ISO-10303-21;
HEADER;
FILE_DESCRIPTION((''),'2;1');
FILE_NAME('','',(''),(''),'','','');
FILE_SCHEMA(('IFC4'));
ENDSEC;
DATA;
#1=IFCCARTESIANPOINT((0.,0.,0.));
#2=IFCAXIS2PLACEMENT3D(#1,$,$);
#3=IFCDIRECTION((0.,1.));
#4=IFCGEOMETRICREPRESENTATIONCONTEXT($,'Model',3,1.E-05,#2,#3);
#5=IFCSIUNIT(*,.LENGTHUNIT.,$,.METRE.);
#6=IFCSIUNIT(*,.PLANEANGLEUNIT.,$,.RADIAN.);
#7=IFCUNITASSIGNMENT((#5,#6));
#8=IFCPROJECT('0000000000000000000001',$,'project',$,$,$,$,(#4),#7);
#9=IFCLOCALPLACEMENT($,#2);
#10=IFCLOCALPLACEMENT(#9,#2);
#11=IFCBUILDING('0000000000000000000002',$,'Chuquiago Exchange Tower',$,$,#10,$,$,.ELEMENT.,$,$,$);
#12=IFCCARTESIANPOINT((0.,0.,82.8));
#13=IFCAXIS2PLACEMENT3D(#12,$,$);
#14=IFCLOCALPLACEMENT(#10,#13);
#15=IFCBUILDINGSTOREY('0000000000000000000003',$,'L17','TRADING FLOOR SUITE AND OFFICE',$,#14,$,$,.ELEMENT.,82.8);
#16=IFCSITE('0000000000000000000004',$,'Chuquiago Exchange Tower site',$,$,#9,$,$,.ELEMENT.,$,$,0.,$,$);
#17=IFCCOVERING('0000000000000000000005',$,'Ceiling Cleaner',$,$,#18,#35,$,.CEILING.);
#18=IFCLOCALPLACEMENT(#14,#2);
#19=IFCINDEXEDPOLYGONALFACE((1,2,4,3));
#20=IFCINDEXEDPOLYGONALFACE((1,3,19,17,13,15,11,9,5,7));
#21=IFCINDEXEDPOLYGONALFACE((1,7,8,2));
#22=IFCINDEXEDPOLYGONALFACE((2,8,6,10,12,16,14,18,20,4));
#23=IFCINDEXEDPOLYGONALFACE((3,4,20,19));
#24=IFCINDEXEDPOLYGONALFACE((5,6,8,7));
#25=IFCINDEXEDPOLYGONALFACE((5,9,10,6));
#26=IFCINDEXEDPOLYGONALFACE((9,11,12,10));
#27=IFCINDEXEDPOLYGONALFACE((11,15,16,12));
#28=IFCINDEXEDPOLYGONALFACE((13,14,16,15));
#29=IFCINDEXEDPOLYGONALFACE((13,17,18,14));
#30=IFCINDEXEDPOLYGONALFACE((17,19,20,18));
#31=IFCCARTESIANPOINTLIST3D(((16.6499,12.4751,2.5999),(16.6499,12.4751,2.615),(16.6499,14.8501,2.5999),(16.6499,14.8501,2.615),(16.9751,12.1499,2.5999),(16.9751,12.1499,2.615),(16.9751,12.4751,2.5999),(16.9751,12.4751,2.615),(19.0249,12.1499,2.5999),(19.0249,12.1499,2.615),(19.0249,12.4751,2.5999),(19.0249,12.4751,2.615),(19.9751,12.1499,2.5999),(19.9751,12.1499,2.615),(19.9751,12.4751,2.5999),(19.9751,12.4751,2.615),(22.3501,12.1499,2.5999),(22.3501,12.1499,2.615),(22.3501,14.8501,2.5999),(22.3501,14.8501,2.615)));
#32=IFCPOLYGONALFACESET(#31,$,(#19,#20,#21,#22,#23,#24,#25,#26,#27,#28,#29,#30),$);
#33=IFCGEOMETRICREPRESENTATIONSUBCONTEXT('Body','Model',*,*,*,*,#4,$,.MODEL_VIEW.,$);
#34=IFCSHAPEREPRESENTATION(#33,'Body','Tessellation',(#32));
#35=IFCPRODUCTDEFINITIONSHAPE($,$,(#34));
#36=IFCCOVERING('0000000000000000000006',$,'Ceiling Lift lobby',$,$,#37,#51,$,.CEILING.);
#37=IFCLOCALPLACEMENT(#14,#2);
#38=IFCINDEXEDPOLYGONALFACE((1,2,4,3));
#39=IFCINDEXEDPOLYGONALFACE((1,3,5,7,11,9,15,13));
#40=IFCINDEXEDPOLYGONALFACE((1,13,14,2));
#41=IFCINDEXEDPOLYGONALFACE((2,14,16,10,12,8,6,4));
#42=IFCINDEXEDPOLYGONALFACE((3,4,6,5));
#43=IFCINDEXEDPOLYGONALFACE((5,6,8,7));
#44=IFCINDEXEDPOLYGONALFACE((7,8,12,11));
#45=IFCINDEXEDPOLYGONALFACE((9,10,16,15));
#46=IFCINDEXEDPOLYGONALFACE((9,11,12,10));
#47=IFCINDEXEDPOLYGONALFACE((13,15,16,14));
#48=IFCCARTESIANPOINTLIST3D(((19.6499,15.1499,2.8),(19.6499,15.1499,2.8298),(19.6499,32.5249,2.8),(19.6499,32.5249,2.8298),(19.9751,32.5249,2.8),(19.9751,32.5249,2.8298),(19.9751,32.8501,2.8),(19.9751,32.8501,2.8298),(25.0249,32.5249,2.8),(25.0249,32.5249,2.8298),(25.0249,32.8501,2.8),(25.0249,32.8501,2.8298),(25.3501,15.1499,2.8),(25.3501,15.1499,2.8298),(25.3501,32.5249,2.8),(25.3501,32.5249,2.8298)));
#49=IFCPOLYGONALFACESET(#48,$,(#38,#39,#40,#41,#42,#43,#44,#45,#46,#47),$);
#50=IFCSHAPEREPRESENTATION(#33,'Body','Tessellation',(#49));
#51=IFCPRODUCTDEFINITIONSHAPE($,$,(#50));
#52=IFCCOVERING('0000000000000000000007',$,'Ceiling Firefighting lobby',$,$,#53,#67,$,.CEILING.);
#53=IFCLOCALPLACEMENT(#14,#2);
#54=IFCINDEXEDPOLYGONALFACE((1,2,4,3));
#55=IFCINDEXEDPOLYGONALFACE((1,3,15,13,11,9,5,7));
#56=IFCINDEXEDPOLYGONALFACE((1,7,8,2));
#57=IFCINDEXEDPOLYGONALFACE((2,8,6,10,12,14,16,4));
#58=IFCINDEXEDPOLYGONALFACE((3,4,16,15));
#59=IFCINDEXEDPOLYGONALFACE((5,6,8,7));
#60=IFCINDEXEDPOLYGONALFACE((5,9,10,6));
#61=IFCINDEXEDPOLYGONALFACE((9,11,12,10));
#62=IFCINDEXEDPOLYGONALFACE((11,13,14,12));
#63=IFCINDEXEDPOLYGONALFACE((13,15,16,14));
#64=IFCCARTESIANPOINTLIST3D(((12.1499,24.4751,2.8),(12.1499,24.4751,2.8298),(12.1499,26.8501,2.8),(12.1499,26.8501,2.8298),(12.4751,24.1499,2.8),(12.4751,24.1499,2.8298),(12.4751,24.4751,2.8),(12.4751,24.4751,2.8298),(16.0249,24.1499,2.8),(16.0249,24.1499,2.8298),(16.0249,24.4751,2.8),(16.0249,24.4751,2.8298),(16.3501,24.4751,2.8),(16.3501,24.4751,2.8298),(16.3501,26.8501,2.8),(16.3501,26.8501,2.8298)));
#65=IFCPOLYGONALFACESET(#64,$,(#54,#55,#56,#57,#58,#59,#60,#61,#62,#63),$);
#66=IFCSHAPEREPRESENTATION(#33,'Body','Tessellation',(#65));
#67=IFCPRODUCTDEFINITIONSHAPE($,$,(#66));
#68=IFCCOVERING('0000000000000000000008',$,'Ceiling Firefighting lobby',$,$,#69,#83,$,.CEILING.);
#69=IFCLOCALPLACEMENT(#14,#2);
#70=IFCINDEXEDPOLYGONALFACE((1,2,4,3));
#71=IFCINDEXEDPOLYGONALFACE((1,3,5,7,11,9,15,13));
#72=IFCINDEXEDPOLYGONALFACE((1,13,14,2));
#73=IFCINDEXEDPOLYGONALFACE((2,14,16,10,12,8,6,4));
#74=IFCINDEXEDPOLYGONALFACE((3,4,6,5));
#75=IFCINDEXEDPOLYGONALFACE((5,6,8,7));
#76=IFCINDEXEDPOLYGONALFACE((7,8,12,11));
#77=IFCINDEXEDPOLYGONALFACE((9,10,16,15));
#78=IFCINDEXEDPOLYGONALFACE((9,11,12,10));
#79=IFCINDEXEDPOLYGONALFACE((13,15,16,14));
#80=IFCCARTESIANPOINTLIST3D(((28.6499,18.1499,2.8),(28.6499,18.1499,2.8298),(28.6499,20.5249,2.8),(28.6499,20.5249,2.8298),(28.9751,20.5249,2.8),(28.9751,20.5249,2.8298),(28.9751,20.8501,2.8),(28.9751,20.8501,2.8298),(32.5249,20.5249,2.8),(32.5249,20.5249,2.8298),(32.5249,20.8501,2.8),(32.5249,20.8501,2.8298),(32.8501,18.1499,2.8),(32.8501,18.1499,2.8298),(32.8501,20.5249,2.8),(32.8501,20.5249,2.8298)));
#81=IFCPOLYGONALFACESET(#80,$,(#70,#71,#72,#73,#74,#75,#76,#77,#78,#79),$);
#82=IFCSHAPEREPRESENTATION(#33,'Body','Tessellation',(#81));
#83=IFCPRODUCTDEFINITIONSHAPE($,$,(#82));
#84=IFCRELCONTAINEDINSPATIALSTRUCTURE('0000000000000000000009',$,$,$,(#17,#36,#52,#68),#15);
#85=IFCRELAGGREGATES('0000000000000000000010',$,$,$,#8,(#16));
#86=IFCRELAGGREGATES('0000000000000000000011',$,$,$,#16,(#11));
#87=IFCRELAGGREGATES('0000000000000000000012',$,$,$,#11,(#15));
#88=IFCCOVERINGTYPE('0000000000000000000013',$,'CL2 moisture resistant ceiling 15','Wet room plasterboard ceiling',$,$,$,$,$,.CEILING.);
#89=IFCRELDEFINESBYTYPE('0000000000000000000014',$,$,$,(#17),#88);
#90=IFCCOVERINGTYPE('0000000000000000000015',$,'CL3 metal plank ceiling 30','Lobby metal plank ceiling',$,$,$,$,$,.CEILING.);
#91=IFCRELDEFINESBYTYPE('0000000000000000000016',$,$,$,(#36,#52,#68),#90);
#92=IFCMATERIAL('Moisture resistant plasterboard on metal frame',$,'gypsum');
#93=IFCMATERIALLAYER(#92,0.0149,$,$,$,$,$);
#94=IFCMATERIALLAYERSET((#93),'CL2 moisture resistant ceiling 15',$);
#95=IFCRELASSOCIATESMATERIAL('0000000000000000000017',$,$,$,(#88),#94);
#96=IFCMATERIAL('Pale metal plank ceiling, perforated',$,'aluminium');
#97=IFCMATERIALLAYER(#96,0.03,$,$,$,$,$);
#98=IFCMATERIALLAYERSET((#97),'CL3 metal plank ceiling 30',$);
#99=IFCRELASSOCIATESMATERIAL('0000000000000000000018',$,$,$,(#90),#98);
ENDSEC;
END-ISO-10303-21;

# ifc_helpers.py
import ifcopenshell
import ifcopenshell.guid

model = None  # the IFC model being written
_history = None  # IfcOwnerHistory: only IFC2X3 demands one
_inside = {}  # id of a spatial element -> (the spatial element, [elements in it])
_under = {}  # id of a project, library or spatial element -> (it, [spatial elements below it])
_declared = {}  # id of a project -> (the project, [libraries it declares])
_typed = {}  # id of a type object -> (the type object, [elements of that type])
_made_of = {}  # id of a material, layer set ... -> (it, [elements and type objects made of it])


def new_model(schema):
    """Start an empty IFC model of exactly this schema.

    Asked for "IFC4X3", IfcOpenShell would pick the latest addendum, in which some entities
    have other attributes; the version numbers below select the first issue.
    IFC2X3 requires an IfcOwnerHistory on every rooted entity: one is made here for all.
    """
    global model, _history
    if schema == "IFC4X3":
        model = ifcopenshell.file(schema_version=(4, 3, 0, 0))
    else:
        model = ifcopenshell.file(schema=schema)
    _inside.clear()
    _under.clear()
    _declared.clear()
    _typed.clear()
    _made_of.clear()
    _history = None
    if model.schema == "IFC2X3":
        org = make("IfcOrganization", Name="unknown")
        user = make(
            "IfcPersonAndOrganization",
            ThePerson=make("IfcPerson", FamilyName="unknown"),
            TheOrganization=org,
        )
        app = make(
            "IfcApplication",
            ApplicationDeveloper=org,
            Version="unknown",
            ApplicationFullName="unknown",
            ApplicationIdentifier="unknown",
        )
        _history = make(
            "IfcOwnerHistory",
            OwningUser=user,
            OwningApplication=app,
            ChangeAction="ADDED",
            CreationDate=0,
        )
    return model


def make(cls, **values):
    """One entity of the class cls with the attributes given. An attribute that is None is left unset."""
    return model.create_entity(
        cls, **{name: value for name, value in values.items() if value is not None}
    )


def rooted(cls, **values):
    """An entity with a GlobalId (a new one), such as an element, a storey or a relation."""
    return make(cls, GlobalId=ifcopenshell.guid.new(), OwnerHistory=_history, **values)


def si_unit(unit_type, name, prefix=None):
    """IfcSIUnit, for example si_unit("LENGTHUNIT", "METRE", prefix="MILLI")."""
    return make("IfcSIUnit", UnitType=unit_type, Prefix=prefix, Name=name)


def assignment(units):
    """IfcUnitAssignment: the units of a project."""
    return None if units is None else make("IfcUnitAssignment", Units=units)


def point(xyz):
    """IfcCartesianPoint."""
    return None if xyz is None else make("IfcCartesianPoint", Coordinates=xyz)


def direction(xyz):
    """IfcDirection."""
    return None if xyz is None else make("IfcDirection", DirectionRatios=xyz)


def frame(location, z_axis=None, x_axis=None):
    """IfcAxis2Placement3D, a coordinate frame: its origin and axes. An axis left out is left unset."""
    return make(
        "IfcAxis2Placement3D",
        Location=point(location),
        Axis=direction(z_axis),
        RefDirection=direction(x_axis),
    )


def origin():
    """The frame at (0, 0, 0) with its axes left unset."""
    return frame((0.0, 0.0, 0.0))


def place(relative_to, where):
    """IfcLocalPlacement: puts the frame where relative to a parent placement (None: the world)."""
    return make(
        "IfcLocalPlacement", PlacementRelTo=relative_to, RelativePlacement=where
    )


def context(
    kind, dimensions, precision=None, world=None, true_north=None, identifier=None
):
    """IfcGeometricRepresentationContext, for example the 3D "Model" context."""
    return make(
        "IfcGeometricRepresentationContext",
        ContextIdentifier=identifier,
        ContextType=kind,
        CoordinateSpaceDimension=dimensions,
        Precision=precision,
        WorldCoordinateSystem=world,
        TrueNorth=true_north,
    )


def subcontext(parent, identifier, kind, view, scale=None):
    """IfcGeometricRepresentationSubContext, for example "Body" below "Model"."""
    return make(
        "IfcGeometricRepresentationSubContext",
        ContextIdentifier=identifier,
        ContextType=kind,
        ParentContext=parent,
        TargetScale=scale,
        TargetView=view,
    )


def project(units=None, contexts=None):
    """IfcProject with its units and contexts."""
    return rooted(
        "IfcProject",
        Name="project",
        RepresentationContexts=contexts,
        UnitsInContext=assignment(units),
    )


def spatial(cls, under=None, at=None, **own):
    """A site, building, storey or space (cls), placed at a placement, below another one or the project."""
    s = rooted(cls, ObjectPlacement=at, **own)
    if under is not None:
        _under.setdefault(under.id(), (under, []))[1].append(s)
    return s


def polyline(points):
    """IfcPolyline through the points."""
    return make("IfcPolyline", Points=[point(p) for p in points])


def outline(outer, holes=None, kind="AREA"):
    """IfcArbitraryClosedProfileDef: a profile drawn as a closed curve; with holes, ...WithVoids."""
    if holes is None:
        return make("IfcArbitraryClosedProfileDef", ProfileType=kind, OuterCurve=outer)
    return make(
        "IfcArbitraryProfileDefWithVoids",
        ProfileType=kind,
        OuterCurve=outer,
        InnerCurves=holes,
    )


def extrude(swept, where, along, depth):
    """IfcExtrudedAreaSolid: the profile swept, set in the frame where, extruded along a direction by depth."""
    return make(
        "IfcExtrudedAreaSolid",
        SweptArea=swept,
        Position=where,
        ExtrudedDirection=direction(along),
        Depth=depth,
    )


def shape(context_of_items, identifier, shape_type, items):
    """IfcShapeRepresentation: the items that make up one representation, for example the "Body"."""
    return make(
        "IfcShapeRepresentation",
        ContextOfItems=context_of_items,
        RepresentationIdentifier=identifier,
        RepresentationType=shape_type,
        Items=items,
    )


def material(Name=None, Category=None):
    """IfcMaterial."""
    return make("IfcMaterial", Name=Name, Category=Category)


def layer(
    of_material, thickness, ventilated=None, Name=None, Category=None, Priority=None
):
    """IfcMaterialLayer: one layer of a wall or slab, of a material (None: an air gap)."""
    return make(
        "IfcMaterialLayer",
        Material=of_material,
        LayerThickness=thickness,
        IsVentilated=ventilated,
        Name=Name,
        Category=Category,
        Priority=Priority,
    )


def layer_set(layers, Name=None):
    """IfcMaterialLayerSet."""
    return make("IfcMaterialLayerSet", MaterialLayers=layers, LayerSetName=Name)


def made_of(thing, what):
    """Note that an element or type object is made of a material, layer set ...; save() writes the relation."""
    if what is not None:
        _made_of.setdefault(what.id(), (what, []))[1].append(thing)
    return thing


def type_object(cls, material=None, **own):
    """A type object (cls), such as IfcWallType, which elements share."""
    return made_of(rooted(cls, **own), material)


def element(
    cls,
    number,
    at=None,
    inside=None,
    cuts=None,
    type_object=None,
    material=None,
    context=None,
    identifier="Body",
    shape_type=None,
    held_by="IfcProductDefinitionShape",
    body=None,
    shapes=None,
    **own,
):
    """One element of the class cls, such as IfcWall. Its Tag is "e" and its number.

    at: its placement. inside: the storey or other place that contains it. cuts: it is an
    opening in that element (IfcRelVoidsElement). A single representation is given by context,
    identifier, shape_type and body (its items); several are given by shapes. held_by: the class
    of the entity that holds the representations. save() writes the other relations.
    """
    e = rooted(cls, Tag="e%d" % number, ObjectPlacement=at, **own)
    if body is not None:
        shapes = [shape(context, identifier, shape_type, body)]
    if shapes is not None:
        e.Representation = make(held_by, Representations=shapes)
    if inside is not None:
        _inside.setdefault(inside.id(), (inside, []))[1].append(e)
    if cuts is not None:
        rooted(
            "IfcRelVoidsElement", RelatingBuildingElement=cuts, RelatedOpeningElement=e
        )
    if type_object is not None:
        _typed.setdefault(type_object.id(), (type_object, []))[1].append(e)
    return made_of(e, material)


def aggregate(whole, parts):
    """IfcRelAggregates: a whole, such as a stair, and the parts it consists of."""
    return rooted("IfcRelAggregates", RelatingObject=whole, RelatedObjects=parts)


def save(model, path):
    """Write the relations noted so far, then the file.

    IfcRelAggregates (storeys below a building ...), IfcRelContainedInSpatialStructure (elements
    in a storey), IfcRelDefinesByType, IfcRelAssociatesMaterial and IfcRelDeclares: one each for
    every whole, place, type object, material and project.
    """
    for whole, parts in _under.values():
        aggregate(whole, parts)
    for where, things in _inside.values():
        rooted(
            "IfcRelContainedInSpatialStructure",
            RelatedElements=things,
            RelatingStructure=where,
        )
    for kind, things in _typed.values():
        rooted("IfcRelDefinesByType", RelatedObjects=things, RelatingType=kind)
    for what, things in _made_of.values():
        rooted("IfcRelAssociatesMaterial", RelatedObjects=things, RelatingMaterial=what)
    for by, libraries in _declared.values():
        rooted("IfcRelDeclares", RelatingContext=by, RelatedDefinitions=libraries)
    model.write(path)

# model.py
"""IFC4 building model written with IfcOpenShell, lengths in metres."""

from ifc_helpers import new_model, si_unit, direction, frame, origin, place, context, subcontext, project, spatial, polyline, outline, extrude, material, layer, layer_set, type_object, element, save


model = new_model("IFC4")

# Units and contexts
model_context = context("Model", 3, precision=1e-05, world=origin(), true_north=direction((0.0, 1.0)))
body_context = subcontext(model_context, "Body", "Model", "MODEL_VIEW")
ifc_project = project(units=[si_unit("LENGTHUNIT", "METRE"), si_unit("PLANEANGLEUNIT", "RADIAN")], contexts=[model_context])

# Site, building, storey
site_placement = place(None, origin())
site = spatial("IfcSite", under=ifc_project, at=site_placement, Name="Chuquiago Exchange Tower site", CompositionType="ELEMENT", RefElevation=0.0)
building_placement = place(site_placement, origin())
building = spatial("IfcBuilding", under=site, at=building_placement, Name="Chuquiago Exchange Tower", CompositionType="ELEMENT")
storey_placement = place(building_placement, frame((0.0, 0.0, 82.8)))
storey = spatial("IfcBuildingStorey", under=building, at=storey_placement, Name="L17", Description="TRADING FLOOR SUITE AND OFFICE", CompositionType="ELEMENT", Elevation=82.8)

# Coverings
ifc_material_1 = material(Name="Moisture resistant plasterboard on metal frame", Category="gypsum")
ifc_layer_1 = layer(ifc_material_1, 0.0149)
ifc_layer_set_1 = layer_set([ifc_layer_1], Name="CL2 moisture resistant ceiling 15")
covering_type_1 = type_object("IfcCoveringType", Name="CL2 moisture resistant ceiling 15", Description="Wet room plasterboard ceiling", PredefinedType="CEILING", material=ifc_layer_set_1)
covering_1_placement = place(storey_placement, frame((0.0, 0.0, 2.5999)))
element("IfcCovering", 1, at=covering_1_placement, inside=storey, type_object=covering_type_1, Name="Ceiling Cleaner", PredefinedType="CEILING", context=body_context, shape_type="SweptSolid", body=[
    extrude(outline(polyline([(19.9751, 12.1499), (19.9751, 12.4751), (19.0249, 12.4751), (19.0249, 12.1499), (16.9751, 12.1499), (16.9751, 12.4751), (16.6499, 12.4751), (16.6499, 14.8501), (22.3501, 14.8501), (22.3501, 12.1499), (19.9751, 12.1499)])), origin(), (0.0, 0.0, 1.0), 0.0151),
])
ifc_material_2 = material(Name="Pale metal plank ceiling, perforated", Category="aluminium")
ifc_layer_2 = layer(ifc_material_2, 0.03)
ifc_layer_set_2 = layer_set([ifc_layer_2], Name="CL3 metal plank ceiling 30")
covering_type_2 = type_object("IfcCoveringType", Name="CL3 metal plank ceiling 30", Description="Lobby metal plank ceiling", PredefinedType="CEILING", material=ifc_layer_set_2)
covering_2_placement = place(storey_placement, frame((0.0, 0.0, 2.8)))
element("IfcCovering", 2, at=covering_2_placement, inside=storey, type_object=covering_type_2, Name="Ceiling Lift lobby", PredefinedType="CEILING", context=body_context, shape_type="SweptSolid", body=[
    extrude(outline(polyline([(19.6499, 15.1499), (19.6499, 32.5249), (19.9751, 32.5249), (19.9751, 32.8501), (25.0249, 32.8501), (25.0249, 32.5249), (25.3501, 32.5249), (25.3501, 15.1499), (19.6499, 15.1499)])), origin(), (0.0, 0.0, 1.0), 0.0298),
])
covering_3_placement = place(storey_placement, frame((0.0, 0.0, 2.8)))
element("IfcCovering", 3, at=covering_3_placement, inside=storey, type_object=covering_type_2, Name="Ceiling Firefighting lobby", PredefinedType="CEILING", context=body_context, shape_type="SweptSolid", body=[
    extrude(outline(polyline([(12.4751, 24.1499), (12.4751, 24.4751), (12.1499, 24.4751), (12.1499, 26.8501), (16.3501, 26.8501), (16.3501, 24.4751), (16.0249, 24.4751), (16.0249, 24.1499), (12.4751, 24.1499)])), origin(), (0.0, 0.0, 1.0), 0.0298),
])
covering_4_placement = place(storey_placement, frame((0.0, 0.0, 2.8)))
element("IfcCovering", 4, at=covering_4_placement, inside=storey, type_object=covering_type_2, Name="Ceiling Firefighting lobby", PredefinedType="CEILING", context=body_context, shape_type="SweptSolid", body=[
    extrude(outline(polyline([(28.6499, 18.1499), (28.6499, 20.5249), (28.9751, 20.5249), (28.9751, 20.8501), (32.5249, 20.8501), (32.5249, 20.5249), (32.8501, 20.5249), (32.8501, 18.1499), (28.6499, 18.1499)])), origin(), (0.0, 0.0, 1.0), 0.0298),
])

save(model, "model.ifc")
